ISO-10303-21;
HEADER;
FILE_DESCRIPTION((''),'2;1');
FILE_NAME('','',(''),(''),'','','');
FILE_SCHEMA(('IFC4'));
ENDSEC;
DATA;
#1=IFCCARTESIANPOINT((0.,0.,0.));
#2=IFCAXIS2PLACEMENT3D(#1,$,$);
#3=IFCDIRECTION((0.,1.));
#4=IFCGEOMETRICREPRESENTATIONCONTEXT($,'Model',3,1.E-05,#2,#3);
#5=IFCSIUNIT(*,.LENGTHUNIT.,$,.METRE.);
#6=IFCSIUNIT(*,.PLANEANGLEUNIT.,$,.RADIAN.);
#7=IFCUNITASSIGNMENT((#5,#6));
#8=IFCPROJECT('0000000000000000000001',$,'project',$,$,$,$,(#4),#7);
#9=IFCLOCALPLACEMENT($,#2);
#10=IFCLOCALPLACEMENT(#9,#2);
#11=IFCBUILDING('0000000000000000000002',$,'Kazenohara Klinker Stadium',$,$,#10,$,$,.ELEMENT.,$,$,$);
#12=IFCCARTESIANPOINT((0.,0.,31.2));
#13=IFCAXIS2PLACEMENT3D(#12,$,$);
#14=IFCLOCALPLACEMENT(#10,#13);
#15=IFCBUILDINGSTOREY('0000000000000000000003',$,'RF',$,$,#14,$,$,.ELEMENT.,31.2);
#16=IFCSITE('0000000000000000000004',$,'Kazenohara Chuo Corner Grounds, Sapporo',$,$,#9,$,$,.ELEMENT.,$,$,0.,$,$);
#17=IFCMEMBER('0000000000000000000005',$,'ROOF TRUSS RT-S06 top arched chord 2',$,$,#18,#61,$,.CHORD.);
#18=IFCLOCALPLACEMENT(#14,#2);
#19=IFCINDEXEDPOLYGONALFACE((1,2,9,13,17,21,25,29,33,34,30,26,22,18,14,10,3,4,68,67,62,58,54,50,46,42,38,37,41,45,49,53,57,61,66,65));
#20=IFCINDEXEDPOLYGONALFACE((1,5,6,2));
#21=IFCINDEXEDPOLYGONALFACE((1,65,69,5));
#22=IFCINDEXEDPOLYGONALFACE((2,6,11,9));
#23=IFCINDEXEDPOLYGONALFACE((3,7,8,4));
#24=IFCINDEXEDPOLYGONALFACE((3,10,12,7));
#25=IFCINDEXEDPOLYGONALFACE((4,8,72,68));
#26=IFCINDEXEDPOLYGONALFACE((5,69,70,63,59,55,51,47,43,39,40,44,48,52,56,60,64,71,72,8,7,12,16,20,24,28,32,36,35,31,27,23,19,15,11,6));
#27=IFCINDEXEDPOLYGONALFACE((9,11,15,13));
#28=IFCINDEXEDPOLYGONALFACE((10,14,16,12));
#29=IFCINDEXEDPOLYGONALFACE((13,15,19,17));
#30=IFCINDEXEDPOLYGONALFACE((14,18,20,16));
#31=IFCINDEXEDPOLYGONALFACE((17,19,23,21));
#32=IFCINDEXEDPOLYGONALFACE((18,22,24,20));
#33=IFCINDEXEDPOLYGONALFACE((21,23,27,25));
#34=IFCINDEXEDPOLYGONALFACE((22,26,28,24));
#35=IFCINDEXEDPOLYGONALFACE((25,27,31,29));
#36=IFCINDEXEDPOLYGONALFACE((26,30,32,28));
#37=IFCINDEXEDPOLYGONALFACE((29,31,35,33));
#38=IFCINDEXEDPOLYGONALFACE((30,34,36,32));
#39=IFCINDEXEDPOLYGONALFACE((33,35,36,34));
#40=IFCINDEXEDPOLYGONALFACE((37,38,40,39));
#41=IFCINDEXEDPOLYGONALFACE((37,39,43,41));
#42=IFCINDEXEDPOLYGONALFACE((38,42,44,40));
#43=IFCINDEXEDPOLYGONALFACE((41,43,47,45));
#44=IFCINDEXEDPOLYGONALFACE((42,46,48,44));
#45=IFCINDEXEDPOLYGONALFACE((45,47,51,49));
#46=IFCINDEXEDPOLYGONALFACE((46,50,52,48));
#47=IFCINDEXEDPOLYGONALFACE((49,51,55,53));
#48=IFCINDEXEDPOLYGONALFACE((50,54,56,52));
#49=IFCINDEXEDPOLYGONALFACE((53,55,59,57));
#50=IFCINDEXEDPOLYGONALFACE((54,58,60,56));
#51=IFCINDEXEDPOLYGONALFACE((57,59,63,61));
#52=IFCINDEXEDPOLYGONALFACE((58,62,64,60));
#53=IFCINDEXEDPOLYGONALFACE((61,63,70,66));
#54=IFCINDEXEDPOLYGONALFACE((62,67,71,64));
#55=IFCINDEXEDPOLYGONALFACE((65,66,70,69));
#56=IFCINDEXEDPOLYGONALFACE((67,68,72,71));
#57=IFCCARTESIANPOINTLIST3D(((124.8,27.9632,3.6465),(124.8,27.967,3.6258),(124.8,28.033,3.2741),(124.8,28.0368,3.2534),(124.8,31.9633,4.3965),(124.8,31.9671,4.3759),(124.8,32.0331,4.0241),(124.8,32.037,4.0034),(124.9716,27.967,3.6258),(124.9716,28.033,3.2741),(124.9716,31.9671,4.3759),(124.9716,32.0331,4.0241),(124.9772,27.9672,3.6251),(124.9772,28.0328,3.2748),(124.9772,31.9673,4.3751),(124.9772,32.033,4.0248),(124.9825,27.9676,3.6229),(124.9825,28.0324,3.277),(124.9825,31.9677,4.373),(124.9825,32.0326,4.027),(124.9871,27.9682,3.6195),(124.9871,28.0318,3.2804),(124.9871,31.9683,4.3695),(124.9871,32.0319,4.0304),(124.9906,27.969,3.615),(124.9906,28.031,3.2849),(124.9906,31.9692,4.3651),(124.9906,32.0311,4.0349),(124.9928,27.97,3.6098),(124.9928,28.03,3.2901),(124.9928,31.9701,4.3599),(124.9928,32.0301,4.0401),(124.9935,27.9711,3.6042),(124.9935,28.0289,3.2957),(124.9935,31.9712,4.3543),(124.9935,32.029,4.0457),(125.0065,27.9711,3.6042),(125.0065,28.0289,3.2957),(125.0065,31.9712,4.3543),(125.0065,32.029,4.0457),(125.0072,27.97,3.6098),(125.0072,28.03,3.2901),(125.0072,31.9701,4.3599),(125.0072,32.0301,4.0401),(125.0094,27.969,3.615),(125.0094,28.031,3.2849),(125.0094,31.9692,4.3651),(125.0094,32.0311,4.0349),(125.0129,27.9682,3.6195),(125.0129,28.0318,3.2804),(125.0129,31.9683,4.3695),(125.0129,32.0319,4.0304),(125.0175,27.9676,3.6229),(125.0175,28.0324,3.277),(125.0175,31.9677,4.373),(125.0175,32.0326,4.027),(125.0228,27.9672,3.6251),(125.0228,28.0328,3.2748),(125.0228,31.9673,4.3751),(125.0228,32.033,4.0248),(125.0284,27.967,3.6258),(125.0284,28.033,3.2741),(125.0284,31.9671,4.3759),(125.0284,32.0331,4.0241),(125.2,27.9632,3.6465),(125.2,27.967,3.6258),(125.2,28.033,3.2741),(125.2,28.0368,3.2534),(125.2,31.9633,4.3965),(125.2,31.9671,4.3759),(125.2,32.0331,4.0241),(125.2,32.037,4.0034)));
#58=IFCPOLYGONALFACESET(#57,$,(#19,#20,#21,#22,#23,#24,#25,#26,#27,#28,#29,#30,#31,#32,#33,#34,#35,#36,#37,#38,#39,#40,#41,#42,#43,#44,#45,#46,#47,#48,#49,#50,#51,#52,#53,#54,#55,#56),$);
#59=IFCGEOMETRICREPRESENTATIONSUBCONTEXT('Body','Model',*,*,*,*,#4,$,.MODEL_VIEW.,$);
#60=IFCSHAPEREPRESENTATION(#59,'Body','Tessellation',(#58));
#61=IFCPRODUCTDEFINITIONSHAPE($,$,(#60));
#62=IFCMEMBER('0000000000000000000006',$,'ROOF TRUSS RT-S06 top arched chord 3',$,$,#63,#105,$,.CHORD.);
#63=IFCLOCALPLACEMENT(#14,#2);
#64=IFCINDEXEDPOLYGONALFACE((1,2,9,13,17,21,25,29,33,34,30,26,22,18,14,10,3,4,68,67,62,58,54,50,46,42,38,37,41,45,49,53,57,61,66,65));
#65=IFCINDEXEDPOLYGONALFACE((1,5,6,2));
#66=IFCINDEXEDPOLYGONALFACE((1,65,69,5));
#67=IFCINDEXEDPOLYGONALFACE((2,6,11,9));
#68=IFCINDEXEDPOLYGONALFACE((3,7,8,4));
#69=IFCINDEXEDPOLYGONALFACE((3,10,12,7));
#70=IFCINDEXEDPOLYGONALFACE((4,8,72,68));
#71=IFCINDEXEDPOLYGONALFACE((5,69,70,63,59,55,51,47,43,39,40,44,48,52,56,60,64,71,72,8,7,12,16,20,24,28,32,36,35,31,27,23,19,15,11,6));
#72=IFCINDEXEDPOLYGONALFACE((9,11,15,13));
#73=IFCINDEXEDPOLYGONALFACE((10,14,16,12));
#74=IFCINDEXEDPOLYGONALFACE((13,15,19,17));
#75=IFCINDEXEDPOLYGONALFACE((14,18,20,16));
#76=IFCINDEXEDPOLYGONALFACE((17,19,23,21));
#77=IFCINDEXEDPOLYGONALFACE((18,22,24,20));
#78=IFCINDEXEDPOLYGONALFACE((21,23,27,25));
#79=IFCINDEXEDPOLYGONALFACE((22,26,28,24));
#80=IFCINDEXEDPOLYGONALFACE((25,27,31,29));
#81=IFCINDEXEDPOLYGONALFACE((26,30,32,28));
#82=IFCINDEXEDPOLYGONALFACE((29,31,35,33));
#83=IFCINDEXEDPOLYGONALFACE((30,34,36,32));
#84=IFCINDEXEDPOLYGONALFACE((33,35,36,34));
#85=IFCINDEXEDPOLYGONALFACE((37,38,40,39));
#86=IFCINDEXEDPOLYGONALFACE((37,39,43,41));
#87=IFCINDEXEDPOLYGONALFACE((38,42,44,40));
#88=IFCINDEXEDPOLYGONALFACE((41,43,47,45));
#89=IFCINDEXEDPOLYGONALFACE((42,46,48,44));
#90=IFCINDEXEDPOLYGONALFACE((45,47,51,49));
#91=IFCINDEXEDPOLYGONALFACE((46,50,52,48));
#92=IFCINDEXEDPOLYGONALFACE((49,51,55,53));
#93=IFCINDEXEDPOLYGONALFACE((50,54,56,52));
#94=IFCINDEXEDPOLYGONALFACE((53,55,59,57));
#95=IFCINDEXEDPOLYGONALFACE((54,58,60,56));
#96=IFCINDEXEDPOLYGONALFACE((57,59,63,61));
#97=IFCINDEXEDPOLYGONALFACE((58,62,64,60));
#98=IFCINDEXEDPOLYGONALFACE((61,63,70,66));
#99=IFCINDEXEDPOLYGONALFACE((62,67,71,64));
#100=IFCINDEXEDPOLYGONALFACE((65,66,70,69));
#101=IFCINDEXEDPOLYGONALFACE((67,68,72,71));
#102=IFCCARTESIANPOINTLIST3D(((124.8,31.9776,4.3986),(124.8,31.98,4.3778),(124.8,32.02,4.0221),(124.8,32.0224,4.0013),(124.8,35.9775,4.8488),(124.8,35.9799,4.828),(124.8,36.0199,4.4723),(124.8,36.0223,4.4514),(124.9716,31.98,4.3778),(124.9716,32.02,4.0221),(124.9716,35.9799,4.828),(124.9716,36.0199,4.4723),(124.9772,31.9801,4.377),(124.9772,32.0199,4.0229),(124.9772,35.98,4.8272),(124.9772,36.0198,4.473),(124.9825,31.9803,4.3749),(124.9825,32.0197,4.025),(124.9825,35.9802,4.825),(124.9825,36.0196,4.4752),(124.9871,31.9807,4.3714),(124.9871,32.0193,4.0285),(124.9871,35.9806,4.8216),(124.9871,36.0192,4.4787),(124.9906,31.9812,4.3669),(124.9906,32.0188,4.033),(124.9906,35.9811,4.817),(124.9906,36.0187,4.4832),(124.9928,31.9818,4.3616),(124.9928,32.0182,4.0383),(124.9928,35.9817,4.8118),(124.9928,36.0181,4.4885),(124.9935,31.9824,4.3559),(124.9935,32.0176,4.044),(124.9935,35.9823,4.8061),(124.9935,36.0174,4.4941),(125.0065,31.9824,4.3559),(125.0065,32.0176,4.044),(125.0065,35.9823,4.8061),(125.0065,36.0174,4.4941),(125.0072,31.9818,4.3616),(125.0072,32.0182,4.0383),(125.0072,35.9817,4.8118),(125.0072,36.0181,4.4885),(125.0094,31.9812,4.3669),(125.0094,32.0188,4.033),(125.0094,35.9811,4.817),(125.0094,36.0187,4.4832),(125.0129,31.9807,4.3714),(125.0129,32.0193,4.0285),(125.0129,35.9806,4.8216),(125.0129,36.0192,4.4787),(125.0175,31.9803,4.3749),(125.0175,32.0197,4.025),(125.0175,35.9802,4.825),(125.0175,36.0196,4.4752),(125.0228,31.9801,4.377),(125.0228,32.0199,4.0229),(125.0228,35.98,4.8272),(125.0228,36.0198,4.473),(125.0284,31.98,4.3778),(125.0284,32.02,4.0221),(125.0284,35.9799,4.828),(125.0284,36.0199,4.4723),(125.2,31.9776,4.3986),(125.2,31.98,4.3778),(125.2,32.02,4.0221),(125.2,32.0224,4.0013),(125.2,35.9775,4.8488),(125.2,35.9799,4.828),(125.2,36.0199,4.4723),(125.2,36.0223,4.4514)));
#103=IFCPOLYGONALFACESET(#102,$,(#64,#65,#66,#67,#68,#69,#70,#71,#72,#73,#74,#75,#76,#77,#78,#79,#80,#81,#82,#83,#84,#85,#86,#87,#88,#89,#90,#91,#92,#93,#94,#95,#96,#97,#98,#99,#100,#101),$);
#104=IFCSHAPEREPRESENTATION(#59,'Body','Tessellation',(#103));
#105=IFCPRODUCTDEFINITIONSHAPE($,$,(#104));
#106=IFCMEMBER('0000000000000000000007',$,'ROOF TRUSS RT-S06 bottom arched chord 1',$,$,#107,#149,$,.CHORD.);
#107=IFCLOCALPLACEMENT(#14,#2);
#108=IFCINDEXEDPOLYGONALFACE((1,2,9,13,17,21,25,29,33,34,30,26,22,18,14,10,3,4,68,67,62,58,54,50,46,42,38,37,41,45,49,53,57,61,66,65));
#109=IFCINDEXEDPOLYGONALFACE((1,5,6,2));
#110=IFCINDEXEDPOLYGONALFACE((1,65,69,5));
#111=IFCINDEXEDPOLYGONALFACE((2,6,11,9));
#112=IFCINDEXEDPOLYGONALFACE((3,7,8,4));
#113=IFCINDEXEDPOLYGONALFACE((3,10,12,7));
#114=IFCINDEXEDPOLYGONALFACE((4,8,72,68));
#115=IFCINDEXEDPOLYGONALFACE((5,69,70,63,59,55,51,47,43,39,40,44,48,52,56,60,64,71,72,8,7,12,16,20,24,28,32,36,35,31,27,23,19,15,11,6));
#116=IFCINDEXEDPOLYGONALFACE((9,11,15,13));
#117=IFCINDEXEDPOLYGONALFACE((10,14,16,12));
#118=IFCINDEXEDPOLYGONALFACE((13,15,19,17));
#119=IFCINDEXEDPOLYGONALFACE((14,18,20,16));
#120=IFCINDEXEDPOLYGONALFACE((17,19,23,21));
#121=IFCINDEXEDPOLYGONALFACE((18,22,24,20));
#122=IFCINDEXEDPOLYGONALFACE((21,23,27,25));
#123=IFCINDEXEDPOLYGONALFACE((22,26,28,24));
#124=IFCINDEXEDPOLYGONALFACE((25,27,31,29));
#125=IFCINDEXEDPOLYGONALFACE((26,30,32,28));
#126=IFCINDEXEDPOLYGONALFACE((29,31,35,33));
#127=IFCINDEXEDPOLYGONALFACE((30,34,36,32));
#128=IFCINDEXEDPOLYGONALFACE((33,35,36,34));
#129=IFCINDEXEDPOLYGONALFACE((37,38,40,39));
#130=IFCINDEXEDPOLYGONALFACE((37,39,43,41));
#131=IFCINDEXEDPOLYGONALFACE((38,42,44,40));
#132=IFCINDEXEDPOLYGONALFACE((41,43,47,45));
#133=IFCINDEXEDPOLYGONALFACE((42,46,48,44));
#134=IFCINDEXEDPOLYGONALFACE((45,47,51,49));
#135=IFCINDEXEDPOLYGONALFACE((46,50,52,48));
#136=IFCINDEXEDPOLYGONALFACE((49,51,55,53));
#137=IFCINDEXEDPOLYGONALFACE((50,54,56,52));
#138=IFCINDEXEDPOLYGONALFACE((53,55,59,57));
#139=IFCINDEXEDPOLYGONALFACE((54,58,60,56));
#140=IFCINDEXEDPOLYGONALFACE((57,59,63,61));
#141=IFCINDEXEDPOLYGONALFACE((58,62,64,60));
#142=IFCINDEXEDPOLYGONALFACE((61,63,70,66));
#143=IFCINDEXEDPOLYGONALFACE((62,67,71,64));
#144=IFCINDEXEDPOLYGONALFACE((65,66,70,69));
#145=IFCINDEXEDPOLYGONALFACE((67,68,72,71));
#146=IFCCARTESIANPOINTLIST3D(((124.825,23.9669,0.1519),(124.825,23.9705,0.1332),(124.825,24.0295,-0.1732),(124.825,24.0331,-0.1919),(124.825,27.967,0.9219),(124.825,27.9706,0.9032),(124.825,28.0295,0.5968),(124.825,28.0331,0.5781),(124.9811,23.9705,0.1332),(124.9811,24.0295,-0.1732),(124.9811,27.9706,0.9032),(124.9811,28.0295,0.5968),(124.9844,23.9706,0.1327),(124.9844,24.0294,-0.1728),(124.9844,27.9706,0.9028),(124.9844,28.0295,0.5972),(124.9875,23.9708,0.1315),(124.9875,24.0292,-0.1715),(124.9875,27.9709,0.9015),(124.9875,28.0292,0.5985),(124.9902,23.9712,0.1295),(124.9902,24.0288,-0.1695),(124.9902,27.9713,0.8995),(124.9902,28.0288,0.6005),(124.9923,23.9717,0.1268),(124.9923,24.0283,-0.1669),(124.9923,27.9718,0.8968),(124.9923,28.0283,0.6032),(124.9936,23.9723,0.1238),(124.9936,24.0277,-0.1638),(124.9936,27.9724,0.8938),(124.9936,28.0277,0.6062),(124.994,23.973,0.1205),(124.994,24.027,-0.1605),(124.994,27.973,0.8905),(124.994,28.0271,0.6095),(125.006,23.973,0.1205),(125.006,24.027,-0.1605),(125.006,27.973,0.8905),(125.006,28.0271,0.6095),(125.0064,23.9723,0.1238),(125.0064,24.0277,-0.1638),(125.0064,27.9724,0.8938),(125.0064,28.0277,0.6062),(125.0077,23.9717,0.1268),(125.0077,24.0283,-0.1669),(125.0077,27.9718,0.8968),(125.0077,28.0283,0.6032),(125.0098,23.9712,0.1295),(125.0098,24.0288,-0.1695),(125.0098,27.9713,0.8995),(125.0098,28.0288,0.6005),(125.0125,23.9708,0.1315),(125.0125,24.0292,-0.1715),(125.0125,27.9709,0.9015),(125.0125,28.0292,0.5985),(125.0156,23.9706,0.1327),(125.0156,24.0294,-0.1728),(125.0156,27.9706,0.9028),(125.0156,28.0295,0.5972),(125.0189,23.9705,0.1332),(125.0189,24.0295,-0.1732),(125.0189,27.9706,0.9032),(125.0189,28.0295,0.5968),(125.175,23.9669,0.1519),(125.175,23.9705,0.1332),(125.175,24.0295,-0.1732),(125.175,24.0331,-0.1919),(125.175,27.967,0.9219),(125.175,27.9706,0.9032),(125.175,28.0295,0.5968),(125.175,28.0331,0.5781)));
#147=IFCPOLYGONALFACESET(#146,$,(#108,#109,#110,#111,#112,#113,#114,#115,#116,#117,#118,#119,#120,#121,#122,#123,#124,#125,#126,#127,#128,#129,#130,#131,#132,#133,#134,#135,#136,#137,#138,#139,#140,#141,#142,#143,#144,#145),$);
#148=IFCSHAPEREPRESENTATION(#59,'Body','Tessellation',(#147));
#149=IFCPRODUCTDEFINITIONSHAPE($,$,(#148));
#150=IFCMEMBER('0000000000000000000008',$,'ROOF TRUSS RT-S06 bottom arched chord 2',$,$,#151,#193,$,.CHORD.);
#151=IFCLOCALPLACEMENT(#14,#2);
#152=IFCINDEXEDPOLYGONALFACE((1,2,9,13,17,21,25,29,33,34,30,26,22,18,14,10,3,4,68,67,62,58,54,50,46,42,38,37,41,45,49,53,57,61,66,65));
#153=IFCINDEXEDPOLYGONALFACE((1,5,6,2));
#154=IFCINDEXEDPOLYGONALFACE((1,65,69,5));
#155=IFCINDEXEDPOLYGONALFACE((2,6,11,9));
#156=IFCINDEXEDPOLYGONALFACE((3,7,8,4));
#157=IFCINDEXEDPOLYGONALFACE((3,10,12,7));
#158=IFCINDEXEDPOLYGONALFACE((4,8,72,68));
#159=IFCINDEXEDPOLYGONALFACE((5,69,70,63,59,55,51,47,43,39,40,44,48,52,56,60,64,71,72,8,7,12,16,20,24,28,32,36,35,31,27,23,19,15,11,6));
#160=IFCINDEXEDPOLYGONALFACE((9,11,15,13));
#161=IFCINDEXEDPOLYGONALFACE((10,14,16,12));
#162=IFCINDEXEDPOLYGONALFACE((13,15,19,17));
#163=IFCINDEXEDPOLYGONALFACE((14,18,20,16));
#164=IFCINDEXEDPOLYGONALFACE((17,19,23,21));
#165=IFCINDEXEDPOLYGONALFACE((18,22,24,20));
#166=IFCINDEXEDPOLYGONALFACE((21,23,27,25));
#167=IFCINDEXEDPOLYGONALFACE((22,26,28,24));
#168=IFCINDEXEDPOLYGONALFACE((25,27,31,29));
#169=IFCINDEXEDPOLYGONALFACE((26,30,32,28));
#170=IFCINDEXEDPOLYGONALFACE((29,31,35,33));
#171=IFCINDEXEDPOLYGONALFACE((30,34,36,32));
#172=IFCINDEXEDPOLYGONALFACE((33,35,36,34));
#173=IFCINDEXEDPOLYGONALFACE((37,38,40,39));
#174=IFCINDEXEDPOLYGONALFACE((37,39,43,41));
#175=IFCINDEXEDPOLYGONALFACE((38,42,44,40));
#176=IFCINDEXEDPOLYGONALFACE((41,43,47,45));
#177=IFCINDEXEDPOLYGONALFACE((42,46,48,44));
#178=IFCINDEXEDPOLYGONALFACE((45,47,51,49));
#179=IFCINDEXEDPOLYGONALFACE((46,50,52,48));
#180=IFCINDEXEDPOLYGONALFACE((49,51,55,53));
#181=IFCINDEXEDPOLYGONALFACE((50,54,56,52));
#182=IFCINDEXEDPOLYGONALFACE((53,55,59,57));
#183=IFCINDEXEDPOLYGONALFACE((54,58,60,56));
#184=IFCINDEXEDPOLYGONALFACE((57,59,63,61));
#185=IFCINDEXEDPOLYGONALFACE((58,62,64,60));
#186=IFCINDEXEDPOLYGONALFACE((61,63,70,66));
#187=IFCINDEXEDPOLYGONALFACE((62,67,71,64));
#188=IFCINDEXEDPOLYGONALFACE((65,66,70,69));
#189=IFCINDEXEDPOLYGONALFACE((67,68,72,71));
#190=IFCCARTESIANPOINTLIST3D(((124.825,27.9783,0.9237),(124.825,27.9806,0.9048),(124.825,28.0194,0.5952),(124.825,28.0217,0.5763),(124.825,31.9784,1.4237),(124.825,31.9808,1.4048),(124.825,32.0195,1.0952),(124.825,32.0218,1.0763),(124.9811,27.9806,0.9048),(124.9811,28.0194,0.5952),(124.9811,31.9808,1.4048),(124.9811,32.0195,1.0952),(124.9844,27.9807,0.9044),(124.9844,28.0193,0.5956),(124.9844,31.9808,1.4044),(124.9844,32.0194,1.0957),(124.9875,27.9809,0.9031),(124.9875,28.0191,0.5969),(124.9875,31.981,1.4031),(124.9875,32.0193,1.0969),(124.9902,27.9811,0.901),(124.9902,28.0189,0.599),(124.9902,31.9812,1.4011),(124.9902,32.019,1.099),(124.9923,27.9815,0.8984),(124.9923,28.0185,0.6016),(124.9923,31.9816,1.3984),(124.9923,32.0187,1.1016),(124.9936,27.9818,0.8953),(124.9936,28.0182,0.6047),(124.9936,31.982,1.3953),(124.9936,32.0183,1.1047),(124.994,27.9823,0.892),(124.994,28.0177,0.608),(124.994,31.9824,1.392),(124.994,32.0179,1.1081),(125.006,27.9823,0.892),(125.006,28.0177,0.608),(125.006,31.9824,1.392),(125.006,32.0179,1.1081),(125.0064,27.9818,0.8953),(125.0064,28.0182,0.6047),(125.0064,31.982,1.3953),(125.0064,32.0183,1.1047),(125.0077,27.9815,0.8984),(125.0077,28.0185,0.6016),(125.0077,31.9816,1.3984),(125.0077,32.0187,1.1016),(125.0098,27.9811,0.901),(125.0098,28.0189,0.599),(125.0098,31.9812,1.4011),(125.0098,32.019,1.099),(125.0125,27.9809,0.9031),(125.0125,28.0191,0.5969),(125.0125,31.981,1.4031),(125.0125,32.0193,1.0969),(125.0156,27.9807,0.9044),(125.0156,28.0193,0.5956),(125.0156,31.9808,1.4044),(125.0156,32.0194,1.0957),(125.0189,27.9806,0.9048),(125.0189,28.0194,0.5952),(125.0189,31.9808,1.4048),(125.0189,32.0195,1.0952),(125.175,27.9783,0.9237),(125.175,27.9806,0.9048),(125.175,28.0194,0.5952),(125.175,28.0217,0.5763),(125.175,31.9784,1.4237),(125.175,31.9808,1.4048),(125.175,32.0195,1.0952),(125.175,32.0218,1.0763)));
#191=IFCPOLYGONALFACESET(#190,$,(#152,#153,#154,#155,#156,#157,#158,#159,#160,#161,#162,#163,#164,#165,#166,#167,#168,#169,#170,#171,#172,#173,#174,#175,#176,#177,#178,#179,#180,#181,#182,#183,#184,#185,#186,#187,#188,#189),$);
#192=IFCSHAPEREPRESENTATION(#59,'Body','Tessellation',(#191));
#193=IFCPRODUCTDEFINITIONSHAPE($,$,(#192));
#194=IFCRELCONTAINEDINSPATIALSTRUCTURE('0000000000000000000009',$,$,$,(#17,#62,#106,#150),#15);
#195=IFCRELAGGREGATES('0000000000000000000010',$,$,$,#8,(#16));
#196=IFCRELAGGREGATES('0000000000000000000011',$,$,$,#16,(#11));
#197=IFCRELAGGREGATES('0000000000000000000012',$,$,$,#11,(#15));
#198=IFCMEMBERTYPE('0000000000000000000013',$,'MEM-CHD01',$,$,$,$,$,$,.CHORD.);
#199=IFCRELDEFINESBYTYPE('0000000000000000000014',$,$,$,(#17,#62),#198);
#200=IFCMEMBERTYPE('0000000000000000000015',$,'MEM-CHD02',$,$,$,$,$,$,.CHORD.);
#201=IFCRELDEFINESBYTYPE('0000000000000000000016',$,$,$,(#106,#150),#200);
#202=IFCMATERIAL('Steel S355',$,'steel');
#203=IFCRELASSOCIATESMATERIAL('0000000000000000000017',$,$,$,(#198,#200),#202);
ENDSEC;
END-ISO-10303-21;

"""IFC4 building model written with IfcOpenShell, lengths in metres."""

from ifc_helpers import new_model, si_unit, direction, frame, origin, origin_2d, place, context, subcontext, project, spatial, i_section, extrude, material, material_profile, profile_set, type_object, element, save


model = new_model("IFC4")

# Units and contexts
model_context = context("Model", 3, precision=1e-05, world=origin(), true_north=direction((0.0, 1.0)))
body_context = subcontext(model_context, "Body", "Model", "MODEL_VIEW")
ifc_project = project(units=[si_unit("LENGTHUNIT", "METRE"), si_unit("PLANEANGLEUNIT", "RADIAN")], contexts=[model_context])

# Site, building, storey
site_placement = place(None, origin())
site = spatial("IfcSite", under=ifc_project, at=site_placement, Name="Kazenohara Chuo Corner Grounds, Sapporo", CompositionType="ELEMENT", RefElevation=0.0)
building_placement = place(site_placement, origin())
building = spatial("IfcBuilding", under=site, at=building_placement, Name="Kazenohara Klinker Stadium", CompositionType="ELEMENT")
storey_placement = place(building_placement, frame((0.0, 0.0, 31.2)))
storey = spatial("IfcBuildingStorey", under=building, at=storey_placement, Name="RF", CompositionType="ELEMENT", Elevation=31.2)

# Members
ifc_material_1 = material(Name="Steel S355", Category="steel")
ifc_material_profile_1 = material_profile(ifc_material_1, i_section(OverallWidth=0.3999, OverallDepth=0.3999, WebThickness=0.0129, FlangeThickness=0.021, FilletRadius=0.022, at=origin_2d()), Name="H-400x400x13x21")
ifc_profile_set_1 = profile_set([ifc_material_profile_1], Name="Steel S355")
member_type_1 = type_object("IfcMemberType", Name="MEM-CHD01", PredefinedType="CHORD", material=ifc_profile_set_1)
member_1_placement = place(storey_placement, frame((125.0, 28.0, 3.45), z_axis=(0.0, 0.982872, 0.184289), x_axis=(-1.0, 0.0, 0.0)))
element("IfcMember", 1, at=member_1_placement, inside=storey, type_object=member_type_1, Name="ROOF TRUSS RT-S06 top arched chord 2", PredefinedType="CHORD", context=body_context, shape_type="SweptSolid", body=[
    extrude(i_section(OverallWidth=0.3999, OverallDepth=0.3999, WebThickness=0.0129, FlangeThickness=0.021, FilletRadius=0.022, at=origin_2d()), origin(), (0.0, 0.0, 1.0), 4.0698),
])
member_2_placement = place(storey_placement, frame((125.0, 32.0, 4.2), z_axis=(0.0, 0.993726, 0.111843), x_axis=(-1.0, 0.0, 0.0)))
element("IfcMember", 2, at=member_2_placement, inside=storey, type_object=member_type_1, Name="ROOF TRUSS RT-S06 top arched chord 3", PredefinedType="CHORD", context=body_context, shape_type="SweptSolid", body=[
    extrude(i_section(OverallWidth=0.3999, OverallDepth=0.3999, WebThickness=0.0129, FlangeThickness=0.021, FilletRadius=0.022, at=origin_2d()), origin(), (0.0, 0.0, 1.0), 4.0251),
])
ifc_material_profile_2 = material_profile(ifc_material_1, i_section(OverallWidth=0.3501, OverallDepth=0.3501, WebThickness=0.012, FlangeThickness=0.019, FilletRadius=0.0129, at=origin_2d()), Name="H-350x350x12x19")
ifc_profile_set_2 = profile_set([ifc_material_profile_2], Name="Steel S355")
member_type_2 = type_object("IfcMemberType", Name="MEM-CHD02", PredefinedType="CHORD", material=ifc_profile_set_2)
member_3_placement = place(storey_placement, frame((125.0, 24.0, -0.02), z_axis=(0.0, 0.981971, 0.189034), x_axis=(-1.0, 0.0, 0.0)))
element("IfcMember", 3, at=member_3_placement, inside=storey, type_object=member_type_2, Name="ROOF TRUSS RT-S06 bottom arched chord 1", PredefinedType="CHORD", context=body_context, shape_type="SweptSolid", body=[
    extrude(i_section(OverallWidth=0.3501, OverallDepth=0.3501, WebThickness=0.012, FlangeThickness=0.019, FilletRadius=0.0129, at=origin_2d()), origin(), (0.0, 0.0, 1.0), 4.0735),
])
member_4_placement = place(storey_placement, frame((125.0, 28.0, 0.75), z_axis=(0.0, 0.992278, 0.124035), x_axis=(-1.0, 0.0, 0.0)))
element("IfcMember", 4, at=member_4_placement, inside=storey, type_object=member_type_2, Name="ROOF TRUSS RT-S06 bottom arched chord 2", PredefinedType="CHORD", context=body_context, shape_type="SweptSolid", body=[
    extrude(i_section(OverallWidth=0.3501, OverallDepth=0.3501, WebThickness=0.012, FlangeThickness=0.019, FilletRadius=0.0129, at=origin_2d()), origin(), (0.0, 0.0, 1.0), 4.0312),
])

save(model, "model.ifc")
